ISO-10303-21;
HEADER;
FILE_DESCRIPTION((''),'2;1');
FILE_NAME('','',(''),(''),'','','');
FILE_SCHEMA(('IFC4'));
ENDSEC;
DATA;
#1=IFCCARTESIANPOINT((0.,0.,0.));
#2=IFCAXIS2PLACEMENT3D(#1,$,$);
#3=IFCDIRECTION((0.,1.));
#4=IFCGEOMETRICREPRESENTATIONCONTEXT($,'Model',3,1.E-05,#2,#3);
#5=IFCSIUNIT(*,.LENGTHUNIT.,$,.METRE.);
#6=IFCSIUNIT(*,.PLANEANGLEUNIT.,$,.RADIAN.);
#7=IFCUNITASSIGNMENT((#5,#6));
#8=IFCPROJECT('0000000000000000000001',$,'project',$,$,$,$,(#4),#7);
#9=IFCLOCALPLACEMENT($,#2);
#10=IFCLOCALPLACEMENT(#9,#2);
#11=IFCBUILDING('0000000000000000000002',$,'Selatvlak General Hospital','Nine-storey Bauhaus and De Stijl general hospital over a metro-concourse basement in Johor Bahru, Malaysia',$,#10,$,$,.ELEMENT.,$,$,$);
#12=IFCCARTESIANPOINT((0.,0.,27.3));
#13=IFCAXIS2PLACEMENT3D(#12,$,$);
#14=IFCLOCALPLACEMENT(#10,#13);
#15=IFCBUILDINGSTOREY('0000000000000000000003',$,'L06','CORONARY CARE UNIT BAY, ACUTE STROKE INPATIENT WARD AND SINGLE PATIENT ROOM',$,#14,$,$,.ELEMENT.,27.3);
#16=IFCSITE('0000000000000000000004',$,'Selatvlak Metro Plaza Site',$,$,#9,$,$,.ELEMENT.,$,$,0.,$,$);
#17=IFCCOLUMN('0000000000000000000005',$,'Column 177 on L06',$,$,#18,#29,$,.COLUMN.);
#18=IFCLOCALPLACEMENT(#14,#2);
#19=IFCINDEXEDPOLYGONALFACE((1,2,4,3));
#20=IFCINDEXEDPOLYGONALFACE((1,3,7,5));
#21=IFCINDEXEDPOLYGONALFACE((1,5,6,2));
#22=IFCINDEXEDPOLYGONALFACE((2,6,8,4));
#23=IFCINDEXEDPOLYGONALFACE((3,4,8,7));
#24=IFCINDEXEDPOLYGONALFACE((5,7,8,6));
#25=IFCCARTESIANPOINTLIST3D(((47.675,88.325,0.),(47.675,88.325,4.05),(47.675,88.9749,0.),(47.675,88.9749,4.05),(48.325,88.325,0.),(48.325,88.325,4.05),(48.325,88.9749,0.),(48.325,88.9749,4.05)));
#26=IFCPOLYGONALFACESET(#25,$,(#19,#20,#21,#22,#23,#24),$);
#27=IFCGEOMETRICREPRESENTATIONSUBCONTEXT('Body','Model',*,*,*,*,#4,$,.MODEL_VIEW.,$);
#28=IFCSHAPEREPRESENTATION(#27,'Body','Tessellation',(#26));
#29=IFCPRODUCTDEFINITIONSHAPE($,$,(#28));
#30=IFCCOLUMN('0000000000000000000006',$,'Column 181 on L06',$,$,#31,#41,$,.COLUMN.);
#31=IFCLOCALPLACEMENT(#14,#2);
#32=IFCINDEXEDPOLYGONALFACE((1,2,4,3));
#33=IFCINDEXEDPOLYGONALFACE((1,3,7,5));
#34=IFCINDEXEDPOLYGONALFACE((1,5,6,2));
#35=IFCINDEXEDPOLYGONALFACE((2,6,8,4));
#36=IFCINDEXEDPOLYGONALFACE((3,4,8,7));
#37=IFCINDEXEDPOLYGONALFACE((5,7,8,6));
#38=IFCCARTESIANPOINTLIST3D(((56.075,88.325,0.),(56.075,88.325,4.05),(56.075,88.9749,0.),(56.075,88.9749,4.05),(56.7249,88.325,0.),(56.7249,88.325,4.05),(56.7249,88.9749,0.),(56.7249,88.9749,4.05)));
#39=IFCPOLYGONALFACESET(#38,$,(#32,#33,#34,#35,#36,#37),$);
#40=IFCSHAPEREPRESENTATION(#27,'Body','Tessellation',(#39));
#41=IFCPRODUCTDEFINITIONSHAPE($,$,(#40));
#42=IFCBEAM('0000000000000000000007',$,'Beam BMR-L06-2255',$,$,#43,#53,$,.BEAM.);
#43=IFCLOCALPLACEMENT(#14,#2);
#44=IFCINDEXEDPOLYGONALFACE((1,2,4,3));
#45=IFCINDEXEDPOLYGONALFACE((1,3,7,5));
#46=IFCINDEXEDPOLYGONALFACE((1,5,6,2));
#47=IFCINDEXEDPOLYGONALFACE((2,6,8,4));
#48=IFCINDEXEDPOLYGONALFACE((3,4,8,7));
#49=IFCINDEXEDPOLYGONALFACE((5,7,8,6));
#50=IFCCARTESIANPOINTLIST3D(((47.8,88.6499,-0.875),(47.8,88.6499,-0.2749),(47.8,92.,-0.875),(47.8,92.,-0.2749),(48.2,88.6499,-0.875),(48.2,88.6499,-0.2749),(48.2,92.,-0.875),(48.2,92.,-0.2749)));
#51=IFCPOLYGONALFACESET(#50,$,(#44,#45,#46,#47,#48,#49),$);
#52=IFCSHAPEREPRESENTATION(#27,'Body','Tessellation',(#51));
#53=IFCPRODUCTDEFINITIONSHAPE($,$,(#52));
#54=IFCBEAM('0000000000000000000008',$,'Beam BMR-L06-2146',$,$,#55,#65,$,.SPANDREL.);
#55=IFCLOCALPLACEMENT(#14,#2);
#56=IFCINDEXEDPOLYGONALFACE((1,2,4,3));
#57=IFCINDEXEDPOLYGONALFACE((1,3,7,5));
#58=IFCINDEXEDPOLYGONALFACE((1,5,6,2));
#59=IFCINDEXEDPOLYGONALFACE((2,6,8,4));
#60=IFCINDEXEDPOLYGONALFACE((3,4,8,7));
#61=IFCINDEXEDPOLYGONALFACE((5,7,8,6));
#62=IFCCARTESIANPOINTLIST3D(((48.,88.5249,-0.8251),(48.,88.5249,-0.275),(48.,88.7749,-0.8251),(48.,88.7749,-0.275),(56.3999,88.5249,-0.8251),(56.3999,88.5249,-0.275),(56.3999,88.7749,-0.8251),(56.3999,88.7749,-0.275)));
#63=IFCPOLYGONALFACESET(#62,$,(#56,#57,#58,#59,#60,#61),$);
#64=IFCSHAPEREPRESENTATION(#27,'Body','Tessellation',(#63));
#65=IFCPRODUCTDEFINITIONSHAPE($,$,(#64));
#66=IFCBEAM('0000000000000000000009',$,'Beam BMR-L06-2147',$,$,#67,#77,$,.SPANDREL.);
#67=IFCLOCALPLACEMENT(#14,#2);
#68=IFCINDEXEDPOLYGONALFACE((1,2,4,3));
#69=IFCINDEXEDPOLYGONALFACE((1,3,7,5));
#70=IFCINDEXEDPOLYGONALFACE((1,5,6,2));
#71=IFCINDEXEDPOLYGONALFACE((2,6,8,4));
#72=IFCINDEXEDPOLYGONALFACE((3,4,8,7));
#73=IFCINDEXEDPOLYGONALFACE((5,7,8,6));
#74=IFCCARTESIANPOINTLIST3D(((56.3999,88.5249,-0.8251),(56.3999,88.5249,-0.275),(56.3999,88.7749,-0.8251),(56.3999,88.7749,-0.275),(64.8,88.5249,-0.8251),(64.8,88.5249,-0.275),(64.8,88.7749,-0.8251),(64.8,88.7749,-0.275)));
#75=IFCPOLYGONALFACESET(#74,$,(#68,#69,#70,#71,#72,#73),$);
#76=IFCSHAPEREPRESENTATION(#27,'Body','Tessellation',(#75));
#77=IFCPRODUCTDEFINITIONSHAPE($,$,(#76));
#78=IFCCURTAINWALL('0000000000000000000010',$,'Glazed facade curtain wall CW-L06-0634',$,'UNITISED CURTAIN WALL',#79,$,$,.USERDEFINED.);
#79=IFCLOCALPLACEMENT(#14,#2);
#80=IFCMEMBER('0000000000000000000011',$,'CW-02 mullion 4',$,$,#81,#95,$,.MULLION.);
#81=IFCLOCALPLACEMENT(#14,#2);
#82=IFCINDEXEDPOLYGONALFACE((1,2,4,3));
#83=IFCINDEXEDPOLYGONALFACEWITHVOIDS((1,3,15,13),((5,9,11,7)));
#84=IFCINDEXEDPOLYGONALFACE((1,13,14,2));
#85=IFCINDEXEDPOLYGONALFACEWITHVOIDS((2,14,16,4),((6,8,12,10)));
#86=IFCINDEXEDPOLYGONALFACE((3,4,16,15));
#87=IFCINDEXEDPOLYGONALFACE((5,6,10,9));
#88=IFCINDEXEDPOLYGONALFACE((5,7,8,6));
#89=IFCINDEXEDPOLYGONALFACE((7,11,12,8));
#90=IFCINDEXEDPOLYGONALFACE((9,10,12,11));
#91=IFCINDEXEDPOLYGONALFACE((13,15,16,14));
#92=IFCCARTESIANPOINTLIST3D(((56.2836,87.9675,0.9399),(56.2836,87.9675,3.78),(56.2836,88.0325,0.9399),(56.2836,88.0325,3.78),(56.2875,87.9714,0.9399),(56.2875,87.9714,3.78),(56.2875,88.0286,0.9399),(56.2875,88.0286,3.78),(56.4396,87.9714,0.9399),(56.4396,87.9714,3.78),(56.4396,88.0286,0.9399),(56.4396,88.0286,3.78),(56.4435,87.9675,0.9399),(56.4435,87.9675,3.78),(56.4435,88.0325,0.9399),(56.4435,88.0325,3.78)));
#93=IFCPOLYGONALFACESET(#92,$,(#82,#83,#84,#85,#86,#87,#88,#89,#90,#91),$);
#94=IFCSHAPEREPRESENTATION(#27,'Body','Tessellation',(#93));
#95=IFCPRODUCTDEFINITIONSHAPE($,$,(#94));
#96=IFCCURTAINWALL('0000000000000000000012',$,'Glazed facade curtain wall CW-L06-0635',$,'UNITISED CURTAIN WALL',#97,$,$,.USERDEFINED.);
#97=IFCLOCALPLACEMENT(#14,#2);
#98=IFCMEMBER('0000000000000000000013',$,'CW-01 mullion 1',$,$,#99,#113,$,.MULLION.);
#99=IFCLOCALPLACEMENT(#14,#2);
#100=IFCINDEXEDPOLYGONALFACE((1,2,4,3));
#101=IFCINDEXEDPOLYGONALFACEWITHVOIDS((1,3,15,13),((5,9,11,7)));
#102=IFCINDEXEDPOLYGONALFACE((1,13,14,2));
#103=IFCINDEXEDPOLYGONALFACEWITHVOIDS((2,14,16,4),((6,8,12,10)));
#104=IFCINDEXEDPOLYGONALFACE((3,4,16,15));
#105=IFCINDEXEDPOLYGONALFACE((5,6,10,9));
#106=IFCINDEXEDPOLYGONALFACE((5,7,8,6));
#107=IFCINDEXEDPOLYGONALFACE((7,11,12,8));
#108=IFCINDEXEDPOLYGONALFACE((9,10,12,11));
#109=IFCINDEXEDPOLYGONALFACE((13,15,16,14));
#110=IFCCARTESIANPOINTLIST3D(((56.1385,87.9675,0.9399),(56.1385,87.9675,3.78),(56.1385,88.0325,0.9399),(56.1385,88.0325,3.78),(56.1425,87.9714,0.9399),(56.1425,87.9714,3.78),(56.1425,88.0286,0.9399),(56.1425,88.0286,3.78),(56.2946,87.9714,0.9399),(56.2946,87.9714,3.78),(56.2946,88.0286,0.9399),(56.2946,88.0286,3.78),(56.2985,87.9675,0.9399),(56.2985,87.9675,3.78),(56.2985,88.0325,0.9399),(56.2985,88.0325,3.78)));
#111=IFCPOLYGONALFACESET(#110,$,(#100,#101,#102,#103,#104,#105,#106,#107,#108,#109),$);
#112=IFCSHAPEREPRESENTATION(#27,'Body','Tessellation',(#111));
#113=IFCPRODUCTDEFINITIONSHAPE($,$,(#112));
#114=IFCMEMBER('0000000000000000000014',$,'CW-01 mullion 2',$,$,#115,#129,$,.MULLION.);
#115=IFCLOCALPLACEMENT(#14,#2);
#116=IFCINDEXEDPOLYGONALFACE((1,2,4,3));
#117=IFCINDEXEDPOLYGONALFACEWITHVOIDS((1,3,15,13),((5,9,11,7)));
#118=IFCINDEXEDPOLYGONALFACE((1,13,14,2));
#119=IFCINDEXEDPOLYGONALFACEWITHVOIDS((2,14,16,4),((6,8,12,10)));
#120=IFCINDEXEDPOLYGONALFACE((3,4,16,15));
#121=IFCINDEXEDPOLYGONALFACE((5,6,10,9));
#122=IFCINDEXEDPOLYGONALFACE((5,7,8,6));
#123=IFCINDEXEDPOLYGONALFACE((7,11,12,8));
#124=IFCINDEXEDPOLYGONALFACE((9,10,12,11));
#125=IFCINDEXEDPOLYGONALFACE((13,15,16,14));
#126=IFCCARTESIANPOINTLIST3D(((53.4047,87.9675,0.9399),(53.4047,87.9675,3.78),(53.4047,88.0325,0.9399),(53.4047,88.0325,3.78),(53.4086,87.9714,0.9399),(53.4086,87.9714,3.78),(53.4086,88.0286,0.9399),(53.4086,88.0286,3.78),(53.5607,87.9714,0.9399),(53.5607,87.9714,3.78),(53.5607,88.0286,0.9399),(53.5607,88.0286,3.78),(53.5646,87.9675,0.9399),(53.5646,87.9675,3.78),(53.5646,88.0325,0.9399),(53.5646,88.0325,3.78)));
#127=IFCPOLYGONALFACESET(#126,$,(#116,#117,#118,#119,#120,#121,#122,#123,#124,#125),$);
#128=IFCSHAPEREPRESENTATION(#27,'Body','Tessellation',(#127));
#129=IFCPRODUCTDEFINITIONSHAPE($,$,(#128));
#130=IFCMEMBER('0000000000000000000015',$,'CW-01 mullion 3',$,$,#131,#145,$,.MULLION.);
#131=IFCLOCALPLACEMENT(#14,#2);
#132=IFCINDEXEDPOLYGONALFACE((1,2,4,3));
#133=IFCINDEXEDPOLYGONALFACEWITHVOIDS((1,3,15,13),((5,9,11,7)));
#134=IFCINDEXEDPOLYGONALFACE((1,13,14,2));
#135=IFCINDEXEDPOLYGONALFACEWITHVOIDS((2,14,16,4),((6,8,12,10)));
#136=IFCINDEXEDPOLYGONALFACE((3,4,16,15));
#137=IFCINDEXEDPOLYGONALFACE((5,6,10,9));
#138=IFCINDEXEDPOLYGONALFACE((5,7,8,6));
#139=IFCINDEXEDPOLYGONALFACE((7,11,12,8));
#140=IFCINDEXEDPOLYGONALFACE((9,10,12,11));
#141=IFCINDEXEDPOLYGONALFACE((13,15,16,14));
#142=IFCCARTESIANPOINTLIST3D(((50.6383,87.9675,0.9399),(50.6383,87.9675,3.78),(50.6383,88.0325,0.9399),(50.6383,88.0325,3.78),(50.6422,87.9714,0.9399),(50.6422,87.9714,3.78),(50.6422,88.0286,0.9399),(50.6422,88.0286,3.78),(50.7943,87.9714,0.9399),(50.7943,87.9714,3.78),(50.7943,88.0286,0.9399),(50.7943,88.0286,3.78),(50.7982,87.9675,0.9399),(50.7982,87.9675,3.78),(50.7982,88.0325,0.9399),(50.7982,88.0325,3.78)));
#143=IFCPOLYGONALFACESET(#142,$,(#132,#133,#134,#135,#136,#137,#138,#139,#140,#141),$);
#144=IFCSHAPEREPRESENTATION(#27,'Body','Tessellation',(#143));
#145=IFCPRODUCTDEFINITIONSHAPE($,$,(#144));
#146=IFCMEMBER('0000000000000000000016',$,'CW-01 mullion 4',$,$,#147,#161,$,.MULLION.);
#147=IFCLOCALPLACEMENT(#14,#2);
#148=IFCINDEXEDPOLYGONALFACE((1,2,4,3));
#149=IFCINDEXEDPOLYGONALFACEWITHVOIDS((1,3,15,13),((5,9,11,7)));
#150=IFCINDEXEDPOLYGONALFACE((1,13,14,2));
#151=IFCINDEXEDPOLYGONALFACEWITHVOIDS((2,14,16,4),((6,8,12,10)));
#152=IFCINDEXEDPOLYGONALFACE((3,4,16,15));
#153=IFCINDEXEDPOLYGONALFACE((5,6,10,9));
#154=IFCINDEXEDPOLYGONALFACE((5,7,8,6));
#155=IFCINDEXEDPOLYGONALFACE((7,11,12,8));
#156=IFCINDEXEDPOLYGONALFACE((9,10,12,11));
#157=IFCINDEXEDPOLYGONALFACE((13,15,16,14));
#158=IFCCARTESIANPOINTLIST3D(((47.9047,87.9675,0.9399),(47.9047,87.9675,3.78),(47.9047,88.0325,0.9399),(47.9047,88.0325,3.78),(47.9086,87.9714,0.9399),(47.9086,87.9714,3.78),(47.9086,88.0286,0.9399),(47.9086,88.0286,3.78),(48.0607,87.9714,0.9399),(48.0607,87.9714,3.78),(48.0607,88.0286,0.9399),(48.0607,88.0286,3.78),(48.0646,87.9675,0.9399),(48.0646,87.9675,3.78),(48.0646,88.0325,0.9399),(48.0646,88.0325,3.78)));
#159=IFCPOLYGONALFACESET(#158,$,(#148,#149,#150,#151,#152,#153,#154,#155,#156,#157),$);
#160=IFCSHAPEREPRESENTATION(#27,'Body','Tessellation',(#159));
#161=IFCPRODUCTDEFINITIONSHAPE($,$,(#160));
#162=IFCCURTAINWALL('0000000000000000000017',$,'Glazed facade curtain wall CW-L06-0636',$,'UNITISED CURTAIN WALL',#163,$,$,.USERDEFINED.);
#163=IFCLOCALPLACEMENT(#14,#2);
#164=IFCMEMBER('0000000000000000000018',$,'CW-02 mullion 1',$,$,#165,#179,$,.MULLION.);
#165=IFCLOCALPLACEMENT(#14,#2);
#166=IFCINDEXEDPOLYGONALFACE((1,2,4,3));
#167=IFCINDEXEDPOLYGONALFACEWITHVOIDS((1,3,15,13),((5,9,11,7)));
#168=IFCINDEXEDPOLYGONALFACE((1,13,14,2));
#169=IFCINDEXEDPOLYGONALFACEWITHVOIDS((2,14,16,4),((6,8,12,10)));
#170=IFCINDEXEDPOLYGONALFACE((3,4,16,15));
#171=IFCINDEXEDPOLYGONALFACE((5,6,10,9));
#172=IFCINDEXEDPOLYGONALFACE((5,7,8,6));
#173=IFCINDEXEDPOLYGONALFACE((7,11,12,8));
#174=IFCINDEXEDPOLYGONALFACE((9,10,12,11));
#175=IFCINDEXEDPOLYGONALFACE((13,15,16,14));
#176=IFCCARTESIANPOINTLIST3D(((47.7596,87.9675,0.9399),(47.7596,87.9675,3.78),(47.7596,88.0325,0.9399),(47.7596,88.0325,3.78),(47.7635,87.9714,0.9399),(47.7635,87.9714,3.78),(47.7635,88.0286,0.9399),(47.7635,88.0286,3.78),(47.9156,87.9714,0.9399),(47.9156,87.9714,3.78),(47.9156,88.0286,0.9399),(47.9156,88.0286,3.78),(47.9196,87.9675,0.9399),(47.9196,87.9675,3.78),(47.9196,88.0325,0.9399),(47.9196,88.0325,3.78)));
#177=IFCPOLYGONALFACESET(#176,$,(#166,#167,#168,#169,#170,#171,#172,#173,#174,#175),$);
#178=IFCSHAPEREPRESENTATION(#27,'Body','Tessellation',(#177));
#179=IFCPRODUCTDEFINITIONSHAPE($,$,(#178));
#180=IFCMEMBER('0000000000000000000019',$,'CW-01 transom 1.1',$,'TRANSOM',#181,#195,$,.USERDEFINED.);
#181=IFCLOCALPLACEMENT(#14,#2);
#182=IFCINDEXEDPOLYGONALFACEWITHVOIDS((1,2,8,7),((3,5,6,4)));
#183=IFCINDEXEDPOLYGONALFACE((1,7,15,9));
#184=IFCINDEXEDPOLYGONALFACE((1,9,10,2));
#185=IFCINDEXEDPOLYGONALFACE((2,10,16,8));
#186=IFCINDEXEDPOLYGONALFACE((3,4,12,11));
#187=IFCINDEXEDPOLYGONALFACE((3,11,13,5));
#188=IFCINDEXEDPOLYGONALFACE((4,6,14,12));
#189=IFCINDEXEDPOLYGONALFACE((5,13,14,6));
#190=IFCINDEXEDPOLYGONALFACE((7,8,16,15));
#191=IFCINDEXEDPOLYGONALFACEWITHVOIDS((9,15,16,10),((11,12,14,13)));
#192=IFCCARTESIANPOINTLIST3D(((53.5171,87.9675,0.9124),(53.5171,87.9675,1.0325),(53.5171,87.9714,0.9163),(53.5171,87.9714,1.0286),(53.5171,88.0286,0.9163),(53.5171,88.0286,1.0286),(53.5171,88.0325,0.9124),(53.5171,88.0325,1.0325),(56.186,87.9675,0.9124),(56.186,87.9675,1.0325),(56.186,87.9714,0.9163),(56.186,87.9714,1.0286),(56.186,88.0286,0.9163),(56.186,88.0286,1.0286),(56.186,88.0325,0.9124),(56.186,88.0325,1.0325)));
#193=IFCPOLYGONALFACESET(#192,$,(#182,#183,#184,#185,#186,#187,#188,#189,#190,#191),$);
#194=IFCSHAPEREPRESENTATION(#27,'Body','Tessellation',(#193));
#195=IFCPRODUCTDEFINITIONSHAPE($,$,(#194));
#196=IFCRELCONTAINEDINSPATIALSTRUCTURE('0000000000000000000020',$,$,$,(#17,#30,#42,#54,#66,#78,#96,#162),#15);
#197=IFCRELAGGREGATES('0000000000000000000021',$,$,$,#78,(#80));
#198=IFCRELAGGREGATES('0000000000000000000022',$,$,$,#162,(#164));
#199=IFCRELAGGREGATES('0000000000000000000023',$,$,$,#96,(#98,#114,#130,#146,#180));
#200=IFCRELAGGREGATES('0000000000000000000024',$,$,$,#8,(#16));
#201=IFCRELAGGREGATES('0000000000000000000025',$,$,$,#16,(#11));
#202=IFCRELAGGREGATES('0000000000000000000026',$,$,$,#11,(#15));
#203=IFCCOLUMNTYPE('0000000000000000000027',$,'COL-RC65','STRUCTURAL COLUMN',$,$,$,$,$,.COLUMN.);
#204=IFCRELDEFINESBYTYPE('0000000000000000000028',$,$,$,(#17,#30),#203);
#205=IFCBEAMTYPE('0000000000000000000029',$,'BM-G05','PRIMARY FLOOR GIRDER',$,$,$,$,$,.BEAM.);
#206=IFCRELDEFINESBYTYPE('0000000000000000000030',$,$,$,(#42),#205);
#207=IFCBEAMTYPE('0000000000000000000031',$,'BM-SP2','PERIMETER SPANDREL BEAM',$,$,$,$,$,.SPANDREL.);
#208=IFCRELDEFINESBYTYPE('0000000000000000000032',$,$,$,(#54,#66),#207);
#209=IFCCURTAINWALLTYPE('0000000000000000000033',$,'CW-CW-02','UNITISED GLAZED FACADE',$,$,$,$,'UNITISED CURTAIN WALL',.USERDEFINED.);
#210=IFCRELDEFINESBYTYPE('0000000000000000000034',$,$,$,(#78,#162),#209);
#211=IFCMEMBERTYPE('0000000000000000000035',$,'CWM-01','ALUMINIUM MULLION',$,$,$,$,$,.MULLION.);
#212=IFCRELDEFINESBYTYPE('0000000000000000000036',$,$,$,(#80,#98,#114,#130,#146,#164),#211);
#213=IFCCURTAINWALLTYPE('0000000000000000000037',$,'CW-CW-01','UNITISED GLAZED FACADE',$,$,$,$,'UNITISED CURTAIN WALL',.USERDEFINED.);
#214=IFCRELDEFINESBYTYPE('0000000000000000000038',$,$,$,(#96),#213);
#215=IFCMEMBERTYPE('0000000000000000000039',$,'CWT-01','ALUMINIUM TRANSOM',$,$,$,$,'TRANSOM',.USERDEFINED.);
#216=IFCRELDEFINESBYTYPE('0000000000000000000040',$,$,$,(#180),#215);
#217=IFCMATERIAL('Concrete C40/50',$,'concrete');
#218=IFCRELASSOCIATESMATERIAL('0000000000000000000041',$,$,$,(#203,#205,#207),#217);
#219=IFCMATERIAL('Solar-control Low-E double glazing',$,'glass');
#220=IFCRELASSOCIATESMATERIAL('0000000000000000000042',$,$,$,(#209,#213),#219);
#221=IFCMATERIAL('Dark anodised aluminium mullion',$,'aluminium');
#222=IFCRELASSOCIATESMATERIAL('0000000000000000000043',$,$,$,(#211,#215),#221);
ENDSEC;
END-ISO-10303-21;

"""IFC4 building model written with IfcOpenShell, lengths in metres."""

from ifc_helpers import new_model, si_unit, direction, frame, origin, origin_2d, place, context, subcontext, project, spatial, rectangle, hollow_rectangle, extrude, material, material_profile, profile_set, type_object, element, aggregate, save


model = new_model("IFC4")

# Units and contexts
model_context = context("Model", 3, precision=1e-05, world=origin(), true_north=direction((0.0, 1.0)))
body_context = subcontext(model_context, "Body", "Model", "MODEL_VIEW")
ifc_project = project(units=[si_unit("LENGTHUNIT", "METRE"), si_unit("PLANEANGLEUNIT", "RADIAN")], contexts=[model_context])

# Site, building, storey
site_placement = place(None, origin())
site = spatial("IfcSite", under=ifc_project, at=site_placement, Name="Selatvlak Metro Plaza Site", CompositionType="ELEMENT", RefElevation=0.0)
building_placement = place(site_placement, origin())
building = spatial("IfcBuilding", under=site, at=building_placement, Name="Selatvlak General Hospital", Description="Nine-storey Bauhaus and De Stijl general hospital over a metro-concourse basement in Johor Bahru, Malaysia", CompositionType="ELEMENT")
storey_placement = place(building_placement, frame((0.0, 0.0, 27.3)))
storey = spatial("IfcBuildingStorey", under=building, at=storey_placement, Name="L06", Description="CORONARY CARE UNIT BAY, ACUTE STROKE INPATIENT WARD AND SINGLE PATIENT ROOM", CompositionType="ELEMENT", Elevation=27.3)

# Columns
ifc_material_1 = material(Name="Concrete C40/50", Category="concrete")
ifc_material_profile_1 = material_profile(ifc_material_1, rectangle(XDim=0.6499, YDim=0.6499, at=origin_2d()), Name="RC-COL 650x650")
ifc_profile_set_1 = profile_set([ifc_material_profile_1], Name="Concrete C40/50")
column_type = type_object("IfcColumnType", Name="COL-RC65", Description="STRUCTURAL COLUMN", PredefinedType="COLUMN", material=ifc_profile_set_1)
for number, where, z_axis, x_axis, name in (
    (1, (48.0, 88.6499, 0.0), (0.0, 0.0, 1.0), (1.0, 0.0, 0.0), "Column 177 on L06"),
    (2, (56.3999, 88.6499, 0.0), (0.0, 0.0, 1.0), (1.0, 0.0, 0.0), "Column 181 on L06"),
):
    element("IfcColumn", number, at=place(storey_placement, frame(where, z_axis=z_axis, x_axis=x_axis)), inside=storey, type_object=column_type, Name=name, PredefinedType="COLUMN", context=body_context, shape_type="SweptSolid", body=[
        extrude(rectangle(XDim=0.6499, YDim=0.6499, at=origin_2d()), origin(), (0.0, 0.0, 1.0), 4.05),
    ])

# Beams
ifc_material_profile_2 = material_profile(ifc_material_1, rectangle(XDim=0.3999, YDim=0.6001, at=origin_2d()), Name="RC-BM 400x600")
ifc_profile_set_2 = profile_set([ifc_material_profile_2], Name="Concrete C40/50")
beam_type_1 = type_object("IfcBeamType", Name="BM-G05", Description="PRIMARY FLOOR GIRDER", PredefinedType="BEAM", material=ifc_profile_set_2)
beam_1_placement = place(storey_placement, frame((48.0, 88.6499, -0.575), z_axis=(0.0, 1.0, 0.0), x_axis=(-1.0, 0.0, 0.0)))
element("IfcBeam", 3, at=beam_1_placement, inside=storey, type_object=beam_type_1, Name="Beam BMR-L06-2255", PredefinedType="BEAM", context=body_context, shape_type="SweptSolid", body=[
    extrude(rectangle(XDim=0.3999, YDim=0.6001, at=origin_2d()), origin(), (0.0, 0.0, 1.0), 3.3501),
])
ifc_material_profile_3 = material_profile(ifc_material_1, rectangle(XDim=0.25, YDim=0.55, at=origin_2d()), Name="RC-SP 250x550")
ifc_profile_set_3 = profile_set([ifc_material_profile_3], Name="Concrete C40/50")
beam_type_2 = type_object("IfcBeamType", Name="BM-SP2", Description="PERIMETER SPANDREL BEAM", PredefinedType="SPANDREL", material=ifc_profile_set_3)
beam_2_placement = place(storey_placement, frame((48.0, 88.6499, -0.55), z_axis=(1.0, 0.0, 0.0), x_axis=(0.0, 1.0, 0.0)))
element("IfcBeam", 4, at=beam_2_placement, inside=storey, type_object=beam_type_2, Name="Beam BMR-L06-2146", PredefinedType="SPANDREL", context=body_context, shape_type="SweptSolid", body=[
    extrude(rectangle(XDim=0.25, YDim=0.55, at=origin_2d()), origin(), (0.0, 0.0, 1.0), 8.3999),
])
beam_3_placement = place(storey_placement, frame((56.3999, 88.6499, -0.55), z_axis=(1.0, 0.0, 0.0), x_axis=(0.0, 1.0, 0.0)))
element("IfcBeam", 5, at=beam_3_placement, inside=storey, type_object=beam_type_2, Name="Beam BMR-L06-2147", PredefinedType="SPANDREL", context=body_context, shape_type="SweptSolid", body=[
    extrude(rectangle(XDim=0.25, YDim=0.55, at=origin_2d()), origin(), (0.0, 0.0, 1.0), 8.4001),
])

# Curtain wall, member
ifc_material_2 = material(Name="Solar-control Low-E double glazing", Category="glass")
curtain_wall_type_1 = type_object("IfcCurtainWallType", Name="CW-CW-02", Description="UNITISED GLAZED FACADE", ElementType="UNITISED CURTAIN WALL", PredefinedType="USERDEFINED", material=ifc_material_2)
curtain_wall_1_placement = place(storey_placement, origin())
curtain_wall_1 = element("IfcCurtainWall", 6, at=curtain_wall_1_placement, inside=storey, type_object=curtain_wall_type_1, Name="Glazed facade curtain wall CW-L06-0634", ObjectType="UNITISED CURTAIN WALL", PredefinedType="USERDEFINED")
ifc_material_3 = material(Name="Dark anodised aluminium mullion", Category="aluminium")
ifc_material_profile_4 = material_profile(ifc_material_3, hollow_rectangle(XDim=0.0649, YDim=0.1599, WallThickness=0.0039, at=origin_2d()), Name="AL-MUL 65x160x4")
ifc_profile_set_4 = profile_set([ifc_material_profile_4], Name="Dark anodised aluminium mullion")
member_type_1 = type_object("IfcMemberType", Name="CWM-01", Description="ALUMINIUM MULLION", PredefinedType="MULLION", material=ifc_profile_set_4)
member_1_placement = place(storey_placement, frame((56.3635, 88.0, 0.9399), z_axis=(0.0, 0.0, 1.0), x_axis=(0.0, -1.0, 0.0)))
member_1 = element("IfcMember", 7, at=member_1_placement, type_object=member_type_1, Name="CW-02 mullion 4", PredefinedType="MULLION", context=body_context, shape_type="SweptSolid", body=[
    extrude(hollow_rectangle(XDim=0.0649, YDim=0.1599, WallThickness=0.0039, at=origin_2d()), origin(), (0.0, 0.0, 1.0), 2.8401),
])
aggregate(curtain_wall_1, [member_1])

# Curtain wall, members
curtain_wall_type_2 = type_object("IfcCurtainWallType", Name="CW-CW-01", Description="UNITISED GLAZED FACADE", ElementType="UNITISED CURTAIN WALL", PredefinedType="USERDEFINED", material=ifc_material_2)
curtain_wall_2_placement = place(storey_placement, origin())
curtain_wall_2 = element("IfcCurtainWall", 8, at=curtain_wall_2_placement, inside=storey, type_object=curtain_wall_type_2, Name="Glazed facade curtain wall CW-L06-0635", ObjectType="UNITISED CURTAIN WALL", PredefinedType="USERDEFINED")
member_2_placement = place(storey_placement, frame((56.2185, 88.0, 0.9399), z_axis=(0.0, 0.0, 1.0), x_axis=(0.0, -1.0, 0.0)))
member_2 = element("IfcMember", 9, at=member_2_placement, type_object=member_type_1, Name="CW-01 mullion 1", PredefinedType="MULLION", context=body_context, shape_type="SweptSolid", body=[
    extrude(hollow_rectangle(XDim=0.0649, YDim=0.1599, WallThickness=0.0039, at=origin_2d()), origin(), (0.0, 0.0, 1.0), 2.8401),
])
member_3_placement = place(storey_placement, frame((53.4846, 88.0, 0.9399), z_axis=(0.0, 0.0, 1.0), x_axis=(0.0, -1.0, 0.0)))
member_3 = element("IfcMember", 10, at=member_3_placement, type_object=member_type_1, Name="CW-01 mullion 2", PredefinedType="MULLION", context=body_context, shape_type="SweptSolid", body=[
    extrude(hollow_rectangle(XDim=0.0649, YDim=0.1599, WallThickness=0.0039, at=origin_2d()), origin(), (0.0, 0.0, 1.0), 2.8401),
])
member_4_placement = place(storey_placement, frame((50.7183, 88.0, 0.9399), z_axis=(0.0, 0.0, 1.0), x_axis=(0.0, -1.0, 0.0)))
member_4 = element("IfcMember", 11, at=member_4_placement, type_object=member_type_1, Name="CW-01 mullion 3", PredefinedType="MULLION", context=body_context, shape_type="SweptSolid", body=[
    extrude(hollow_rectangle(XDim=0.0649, YDim=0.1599, WallThickness=0.0039, at=origin_2d()), origin(), (0.0, 0.0, 1.0), 2.8401),
])
member_5_placement = place(storey_placement, frame((47.9846, 88.0, 0.9399), z_axis=(0.0, 0.0, 1.0), x_axis=(0.0, -1.0, 0.0)))
member_5 = element("IfcMember", 12, at=member_5_placement, type_object=member_type_1, Name="CW-01 mullion 4", PredefinedType="MULLION", context=body_context, shape_type="SweptSolid", body=[
    extrude(hollow_rectangle(XDim=0.0649, YDim=0.1599, WallThickness=0.0039, at=origin_2d()), origin(), (0.0, 0.0, 1.0), 2.8401),
])

# Curtain wall, member
curtain_wall_3_placement = place(storey_placement, origin())
curtain_wall_3 = element("IfcCurtainWall", 13, at=curtain_wall_3_placement, inside=storey, type_object=curtain_wall_type_1, Name="Glazed facade curtain wall CW-L06-0636", ObjectType="UNITISED CURTAIN WALL", PredefinedType="USERDEFINED")
member_6_placement = place(storey_placement, frame((47.8396, 88.0, 0.9399), z_axis=(0.0, 0.0, 1.0), x_axis=(0.0, -1.0, 0.0)))
member_6 = element("IfcMember", 14, at=member_6_placement, type_object=member_type_1, Name="CW-02 mullion 1", PredefinedType="MULLION", context=body_context, shape_type="SweptSolid", body=[
    extrude(hollow_rectangle(XDim=0.0649, YDim=0.1599, WallThickness=0.0039, at=origin_2d()), origin(), (0.0, 0.0, 1.0), 2.8401),
])
aggregate(curtain_wall_3, [member_6])

# Member
ifc_material_profile_5 = material_profile(ifc_material_3, hollow_rectangle(XDim=0.0649, YDim=0.1201, WallThickness=0.0039, at=origin_2d()), Name="AL-TRN 65x120x4")
ifc_profile_set_5 = profile_set([ifc_material_profile_5], Name="Dark anodised aluminium mullion")
member_type_2 = type_object("IfcMemberType", Name="CWT-01", Description="ALUMINIUM TRANSOM", ElementType="TRANSOM", PredefinedType="USERDEFINED", material=ifc_profile_set_5)
member_7_placement = place(storey_placement, frame((56.186, 88.0, 0.9724), z_axis=(-1.0, 0.0, 0.0), x_axis=(0.0, -1.0, 0.0)))
member_7 = element("IfcMember", 15, at=member_7_placement, type_object=member_type_2, Name="CW-01 transom 1.1", ObjectType="TRANSOM", PredefinedType="USERDEFINED", context=body_context, shape_type="SweptSolid", body=[
    extrude(hollow_rectangle(XDim=0.0649, YDim=0.1201, WallThickness=0.0039, at=origin_2d()), origin(), (0.0, 0.0, 1.0), 2.6689),
])

aggregate(curtain_wall_2, [member_2, member_3, member_4, member_5, member_7])

save(model, "model.ifc")
